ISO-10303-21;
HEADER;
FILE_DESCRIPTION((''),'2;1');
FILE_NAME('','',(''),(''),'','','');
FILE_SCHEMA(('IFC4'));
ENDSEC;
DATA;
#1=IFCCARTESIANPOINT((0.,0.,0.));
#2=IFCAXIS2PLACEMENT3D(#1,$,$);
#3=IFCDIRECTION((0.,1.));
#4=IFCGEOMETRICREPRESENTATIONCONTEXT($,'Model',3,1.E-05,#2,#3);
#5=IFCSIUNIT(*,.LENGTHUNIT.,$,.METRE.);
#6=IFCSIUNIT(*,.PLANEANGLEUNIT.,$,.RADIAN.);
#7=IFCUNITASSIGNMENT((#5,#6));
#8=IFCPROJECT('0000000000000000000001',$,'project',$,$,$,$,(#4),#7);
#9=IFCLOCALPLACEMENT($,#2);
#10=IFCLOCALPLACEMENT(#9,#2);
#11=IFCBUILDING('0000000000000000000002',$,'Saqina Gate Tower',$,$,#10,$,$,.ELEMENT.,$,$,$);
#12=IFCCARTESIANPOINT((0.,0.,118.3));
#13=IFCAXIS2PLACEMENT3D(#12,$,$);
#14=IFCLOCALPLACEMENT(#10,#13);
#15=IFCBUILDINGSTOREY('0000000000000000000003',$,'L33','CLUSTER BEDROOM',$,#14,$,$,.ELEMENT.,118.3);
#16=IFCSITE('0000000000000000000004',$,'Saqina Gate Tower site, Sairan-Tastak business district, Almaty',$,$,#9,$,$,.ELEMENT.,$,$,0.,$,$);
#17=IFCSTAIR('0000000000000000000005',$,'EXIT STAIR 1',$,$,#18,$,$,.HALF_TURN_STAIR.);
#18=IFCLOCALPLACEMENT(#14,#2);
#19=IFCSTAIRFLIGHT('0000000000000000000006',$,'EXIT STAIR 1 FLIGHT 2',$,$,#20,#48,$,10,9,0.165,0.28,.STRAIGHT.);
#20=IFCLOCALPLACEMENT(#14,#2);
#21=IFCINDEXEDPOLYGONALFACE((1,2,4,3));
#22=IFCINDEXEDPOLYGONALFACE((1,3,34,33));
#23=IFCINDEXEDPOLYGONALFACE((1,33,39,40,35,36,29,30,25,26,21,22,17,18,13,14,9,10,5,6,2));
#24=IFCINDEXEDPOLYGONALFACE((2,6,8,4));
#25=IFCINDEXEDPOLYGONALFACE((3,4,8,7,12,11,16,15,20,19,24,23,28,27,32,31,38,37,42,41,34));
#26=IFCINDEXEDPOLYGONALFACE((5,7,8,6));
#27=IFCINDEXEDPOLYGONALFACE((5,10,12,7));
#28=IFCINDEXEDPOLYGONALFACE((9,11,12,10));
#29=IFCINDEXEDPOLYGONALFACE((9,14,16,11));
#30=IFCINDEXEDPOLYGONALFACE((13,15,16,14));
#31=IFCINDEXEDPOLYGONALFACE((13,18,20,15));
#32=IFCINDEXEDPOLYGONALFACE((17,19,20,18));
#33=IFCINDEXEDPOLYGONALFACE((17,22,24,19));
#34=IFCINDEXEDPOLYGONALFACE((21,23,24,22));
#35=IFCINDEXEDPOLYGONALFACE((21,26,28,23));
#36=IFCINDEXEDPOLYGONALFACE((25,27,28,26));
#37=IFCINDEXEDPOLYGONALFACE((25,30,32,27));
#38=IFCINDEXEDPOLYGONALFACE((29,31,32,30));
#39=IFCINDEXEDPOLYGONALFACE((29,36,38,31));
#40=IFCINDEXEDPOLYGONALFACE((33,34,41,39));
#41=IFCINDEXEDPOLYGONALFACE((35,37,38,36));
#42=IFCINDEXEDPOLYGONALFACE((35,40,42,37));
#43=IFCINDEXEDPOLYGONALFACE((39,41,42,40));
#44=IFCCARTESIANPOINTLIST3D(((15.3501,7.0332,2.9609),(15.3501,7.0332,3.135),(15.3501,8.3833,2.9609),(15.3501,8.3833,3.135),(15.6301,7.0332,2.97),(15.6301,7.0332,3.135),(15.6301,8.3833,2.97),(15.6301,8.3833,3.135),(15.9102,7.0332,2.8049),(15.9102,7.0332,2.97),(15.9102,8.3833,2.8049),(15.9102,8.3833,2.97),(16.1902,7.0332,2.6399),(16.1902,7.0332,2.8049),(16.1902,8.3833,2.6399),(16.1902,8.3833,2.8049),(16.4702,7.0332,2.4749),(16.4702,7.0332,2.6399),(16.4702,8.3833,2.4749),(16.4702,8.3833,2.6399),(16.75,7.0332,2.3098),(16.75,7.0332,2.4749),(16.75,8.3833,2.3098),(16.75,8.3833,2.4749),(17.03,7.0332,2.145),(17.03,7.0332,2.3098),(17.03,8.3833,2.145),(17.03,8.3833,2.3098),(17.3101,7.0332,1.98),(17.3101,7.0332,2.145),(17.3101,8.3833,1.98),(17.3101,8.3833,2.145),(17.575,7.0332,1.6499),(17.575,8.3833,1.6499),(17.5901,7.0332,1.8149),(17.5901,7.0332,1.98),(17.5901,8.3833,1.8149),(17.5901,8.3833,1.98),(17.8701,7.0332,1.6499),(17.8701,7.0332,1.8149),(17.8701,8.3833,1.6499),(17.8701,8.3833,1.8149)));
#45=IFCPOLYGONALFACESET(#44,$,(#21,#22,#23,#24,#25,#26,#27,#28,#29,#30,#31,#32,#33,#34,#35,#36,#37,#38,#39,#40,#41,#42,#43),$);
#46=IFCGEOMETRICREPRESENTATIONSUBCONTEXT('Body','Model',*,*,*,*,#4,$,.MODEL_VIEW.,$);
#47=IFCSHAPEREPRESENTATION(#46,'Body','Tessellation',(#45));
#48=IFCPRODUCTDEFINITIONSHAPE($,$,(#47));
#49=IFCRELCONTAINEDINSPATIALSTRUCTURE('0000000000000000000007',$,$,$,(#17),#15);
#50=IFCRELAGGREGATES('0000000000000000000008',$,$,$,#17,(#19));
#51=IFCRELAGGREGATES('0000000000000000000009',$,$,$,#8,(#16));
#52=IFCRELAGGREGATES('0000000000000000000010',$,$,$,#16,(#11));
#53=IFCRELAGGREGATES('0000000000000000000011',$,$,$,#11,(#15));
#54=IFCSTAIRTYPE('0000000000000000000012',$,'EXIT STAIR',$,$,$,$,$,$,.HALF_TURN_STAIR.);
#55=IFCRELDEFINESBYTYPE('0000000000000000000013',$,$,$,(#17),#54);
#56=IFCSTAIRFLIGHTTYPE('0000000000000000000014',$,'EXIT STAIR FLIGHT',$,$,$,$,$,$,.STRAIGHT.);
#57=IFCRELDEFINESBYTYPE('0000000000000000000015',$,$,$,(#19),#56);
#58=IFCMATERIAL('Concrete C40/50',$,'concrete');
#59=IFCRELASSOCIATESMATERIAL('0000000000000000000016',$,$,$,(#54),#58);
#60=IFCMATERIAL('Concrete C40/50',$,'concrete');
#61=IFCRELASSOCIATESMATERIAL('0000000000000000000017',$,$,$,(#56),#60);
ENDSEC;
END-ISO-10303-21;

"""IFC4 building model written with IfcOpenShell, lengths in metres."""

from ifc_helpers import new_model, si_unit, direction, frame, origin, place, context, subcontext, project, spatial, polyline, outline, extrude, material, type_object, element, aggregate, save


model = new_model("IFC4")

# Units and contexts
model_context = context("Model", 3, precision=1e-05, world=origin(), true_north=direction((0.0, 1.0)))
body_context = subcontext(model_context, "Body", "Model", "MODEL_VIEW")
ifc_project = project(units=[si_unit("LENGTHUNIT", "METRE"), si_unit("PLANEANGLEUNIT", "RADIAN")], contexts=[model_context])

# Site, building, storey
site_placement = place(None, origin())
site = spatial("IfcSite", under=ifc_project, at=site_placement, Name="Saqina Gate Tower site, Sairan-Tastak business district, Almaty", CompositionType="ELEMENT", RefElevation=0.0)
building_placement = place(site_placement, origin())
building = spatial("IfcBuilding", under=site, at=building_placement, Name="Saqina Gate Tower", CompositionType="ELEMENT")
storey_placement = place(building_placement, frame((0.0, 0.0, 118.3)))
storey = spatial("IfcBuildingStorey", under=building, at=storey_placement, Name="L33", Description="CLUSTER BEDROOM", CompositionType="ELEMENT", Elevation=118.3)

# Stair, stair flight
ifc_material_1 = material(Name="Concrete C40/50", Category="concrete")
stair_type = type_object("IfcStairType", Name="EXIT STAIR", PredefinedType="HALF_TURN_STAIR", material=ifc_material_1)
stair_placement = place(storey_placement, origin())
stair = element("IfcStair", 1, at=stair_placement, inside=storey, type_object=stair_type, Name="EXIT STAIR 1", PredefinedType="HALF_TURN_STAIR")
ifc_material_2 = material(Name="Concrete C40/50", Category="concrete")
stair_flight_type = type_object("IfcStairFlightType", Name="EXIT STAIR FLIGHT", PredefinedType="STRAIGHT", material=ifc_material_2)
stair_flight_1_placement = place(storey_placement, frame((17.8701, 7.7083, 1.6499), z_axis=(0.0, 0.0, 1.0), x_axis=(-1.0, 0.0, 0.0)))
stair_flight_1 = element("IfcStairFlight", 2, at=stair_flight_1_placement, type_object=stair_flight_type, Name="EXIT STAIR 1 FLIGHT 2", NumberOfRisers=10, NumberOfTreads=9, PredefinedType="STRAIGHT", RiserHeight=0.165, TreadLength=0.28, context=body_context, shape_type="SweptSolid", body=[
    extrude(outline(polyline([(0.0, 0.0), (0.0, 0.165), (0.28, 0.165), (0.28, 0.3301), (0.5601, 0.3301), (0.5601, 0.4951), (0.8401, 0.4951), (0.8401, 0.6599), (1.1201, 0.6599), (1.1201, 0.825), (1.3999, 0.825), (1.3999, 0.99), (1.6799, 0.99), (1.6799, 1.155), (1.96, 1.155), (1.96, 1.3201), (2.24, 1.3201), (2.24, 1.4851), (2.52, 1.4851), (2.52, 1.6499), (2.52, 1.311), (0.2952, 0.0), (0.0, 0.0)])), frame((0.0, 0.675, 0.0), z_axis=(0.0, -1.0, 0.0), x_axis=(1.0, 0.0, 0.0)), (0.0, 0.0, 1.0), 1.3501),
])
aggregate(stair, [stair_flight_1])

save(model, "model.ifc")
